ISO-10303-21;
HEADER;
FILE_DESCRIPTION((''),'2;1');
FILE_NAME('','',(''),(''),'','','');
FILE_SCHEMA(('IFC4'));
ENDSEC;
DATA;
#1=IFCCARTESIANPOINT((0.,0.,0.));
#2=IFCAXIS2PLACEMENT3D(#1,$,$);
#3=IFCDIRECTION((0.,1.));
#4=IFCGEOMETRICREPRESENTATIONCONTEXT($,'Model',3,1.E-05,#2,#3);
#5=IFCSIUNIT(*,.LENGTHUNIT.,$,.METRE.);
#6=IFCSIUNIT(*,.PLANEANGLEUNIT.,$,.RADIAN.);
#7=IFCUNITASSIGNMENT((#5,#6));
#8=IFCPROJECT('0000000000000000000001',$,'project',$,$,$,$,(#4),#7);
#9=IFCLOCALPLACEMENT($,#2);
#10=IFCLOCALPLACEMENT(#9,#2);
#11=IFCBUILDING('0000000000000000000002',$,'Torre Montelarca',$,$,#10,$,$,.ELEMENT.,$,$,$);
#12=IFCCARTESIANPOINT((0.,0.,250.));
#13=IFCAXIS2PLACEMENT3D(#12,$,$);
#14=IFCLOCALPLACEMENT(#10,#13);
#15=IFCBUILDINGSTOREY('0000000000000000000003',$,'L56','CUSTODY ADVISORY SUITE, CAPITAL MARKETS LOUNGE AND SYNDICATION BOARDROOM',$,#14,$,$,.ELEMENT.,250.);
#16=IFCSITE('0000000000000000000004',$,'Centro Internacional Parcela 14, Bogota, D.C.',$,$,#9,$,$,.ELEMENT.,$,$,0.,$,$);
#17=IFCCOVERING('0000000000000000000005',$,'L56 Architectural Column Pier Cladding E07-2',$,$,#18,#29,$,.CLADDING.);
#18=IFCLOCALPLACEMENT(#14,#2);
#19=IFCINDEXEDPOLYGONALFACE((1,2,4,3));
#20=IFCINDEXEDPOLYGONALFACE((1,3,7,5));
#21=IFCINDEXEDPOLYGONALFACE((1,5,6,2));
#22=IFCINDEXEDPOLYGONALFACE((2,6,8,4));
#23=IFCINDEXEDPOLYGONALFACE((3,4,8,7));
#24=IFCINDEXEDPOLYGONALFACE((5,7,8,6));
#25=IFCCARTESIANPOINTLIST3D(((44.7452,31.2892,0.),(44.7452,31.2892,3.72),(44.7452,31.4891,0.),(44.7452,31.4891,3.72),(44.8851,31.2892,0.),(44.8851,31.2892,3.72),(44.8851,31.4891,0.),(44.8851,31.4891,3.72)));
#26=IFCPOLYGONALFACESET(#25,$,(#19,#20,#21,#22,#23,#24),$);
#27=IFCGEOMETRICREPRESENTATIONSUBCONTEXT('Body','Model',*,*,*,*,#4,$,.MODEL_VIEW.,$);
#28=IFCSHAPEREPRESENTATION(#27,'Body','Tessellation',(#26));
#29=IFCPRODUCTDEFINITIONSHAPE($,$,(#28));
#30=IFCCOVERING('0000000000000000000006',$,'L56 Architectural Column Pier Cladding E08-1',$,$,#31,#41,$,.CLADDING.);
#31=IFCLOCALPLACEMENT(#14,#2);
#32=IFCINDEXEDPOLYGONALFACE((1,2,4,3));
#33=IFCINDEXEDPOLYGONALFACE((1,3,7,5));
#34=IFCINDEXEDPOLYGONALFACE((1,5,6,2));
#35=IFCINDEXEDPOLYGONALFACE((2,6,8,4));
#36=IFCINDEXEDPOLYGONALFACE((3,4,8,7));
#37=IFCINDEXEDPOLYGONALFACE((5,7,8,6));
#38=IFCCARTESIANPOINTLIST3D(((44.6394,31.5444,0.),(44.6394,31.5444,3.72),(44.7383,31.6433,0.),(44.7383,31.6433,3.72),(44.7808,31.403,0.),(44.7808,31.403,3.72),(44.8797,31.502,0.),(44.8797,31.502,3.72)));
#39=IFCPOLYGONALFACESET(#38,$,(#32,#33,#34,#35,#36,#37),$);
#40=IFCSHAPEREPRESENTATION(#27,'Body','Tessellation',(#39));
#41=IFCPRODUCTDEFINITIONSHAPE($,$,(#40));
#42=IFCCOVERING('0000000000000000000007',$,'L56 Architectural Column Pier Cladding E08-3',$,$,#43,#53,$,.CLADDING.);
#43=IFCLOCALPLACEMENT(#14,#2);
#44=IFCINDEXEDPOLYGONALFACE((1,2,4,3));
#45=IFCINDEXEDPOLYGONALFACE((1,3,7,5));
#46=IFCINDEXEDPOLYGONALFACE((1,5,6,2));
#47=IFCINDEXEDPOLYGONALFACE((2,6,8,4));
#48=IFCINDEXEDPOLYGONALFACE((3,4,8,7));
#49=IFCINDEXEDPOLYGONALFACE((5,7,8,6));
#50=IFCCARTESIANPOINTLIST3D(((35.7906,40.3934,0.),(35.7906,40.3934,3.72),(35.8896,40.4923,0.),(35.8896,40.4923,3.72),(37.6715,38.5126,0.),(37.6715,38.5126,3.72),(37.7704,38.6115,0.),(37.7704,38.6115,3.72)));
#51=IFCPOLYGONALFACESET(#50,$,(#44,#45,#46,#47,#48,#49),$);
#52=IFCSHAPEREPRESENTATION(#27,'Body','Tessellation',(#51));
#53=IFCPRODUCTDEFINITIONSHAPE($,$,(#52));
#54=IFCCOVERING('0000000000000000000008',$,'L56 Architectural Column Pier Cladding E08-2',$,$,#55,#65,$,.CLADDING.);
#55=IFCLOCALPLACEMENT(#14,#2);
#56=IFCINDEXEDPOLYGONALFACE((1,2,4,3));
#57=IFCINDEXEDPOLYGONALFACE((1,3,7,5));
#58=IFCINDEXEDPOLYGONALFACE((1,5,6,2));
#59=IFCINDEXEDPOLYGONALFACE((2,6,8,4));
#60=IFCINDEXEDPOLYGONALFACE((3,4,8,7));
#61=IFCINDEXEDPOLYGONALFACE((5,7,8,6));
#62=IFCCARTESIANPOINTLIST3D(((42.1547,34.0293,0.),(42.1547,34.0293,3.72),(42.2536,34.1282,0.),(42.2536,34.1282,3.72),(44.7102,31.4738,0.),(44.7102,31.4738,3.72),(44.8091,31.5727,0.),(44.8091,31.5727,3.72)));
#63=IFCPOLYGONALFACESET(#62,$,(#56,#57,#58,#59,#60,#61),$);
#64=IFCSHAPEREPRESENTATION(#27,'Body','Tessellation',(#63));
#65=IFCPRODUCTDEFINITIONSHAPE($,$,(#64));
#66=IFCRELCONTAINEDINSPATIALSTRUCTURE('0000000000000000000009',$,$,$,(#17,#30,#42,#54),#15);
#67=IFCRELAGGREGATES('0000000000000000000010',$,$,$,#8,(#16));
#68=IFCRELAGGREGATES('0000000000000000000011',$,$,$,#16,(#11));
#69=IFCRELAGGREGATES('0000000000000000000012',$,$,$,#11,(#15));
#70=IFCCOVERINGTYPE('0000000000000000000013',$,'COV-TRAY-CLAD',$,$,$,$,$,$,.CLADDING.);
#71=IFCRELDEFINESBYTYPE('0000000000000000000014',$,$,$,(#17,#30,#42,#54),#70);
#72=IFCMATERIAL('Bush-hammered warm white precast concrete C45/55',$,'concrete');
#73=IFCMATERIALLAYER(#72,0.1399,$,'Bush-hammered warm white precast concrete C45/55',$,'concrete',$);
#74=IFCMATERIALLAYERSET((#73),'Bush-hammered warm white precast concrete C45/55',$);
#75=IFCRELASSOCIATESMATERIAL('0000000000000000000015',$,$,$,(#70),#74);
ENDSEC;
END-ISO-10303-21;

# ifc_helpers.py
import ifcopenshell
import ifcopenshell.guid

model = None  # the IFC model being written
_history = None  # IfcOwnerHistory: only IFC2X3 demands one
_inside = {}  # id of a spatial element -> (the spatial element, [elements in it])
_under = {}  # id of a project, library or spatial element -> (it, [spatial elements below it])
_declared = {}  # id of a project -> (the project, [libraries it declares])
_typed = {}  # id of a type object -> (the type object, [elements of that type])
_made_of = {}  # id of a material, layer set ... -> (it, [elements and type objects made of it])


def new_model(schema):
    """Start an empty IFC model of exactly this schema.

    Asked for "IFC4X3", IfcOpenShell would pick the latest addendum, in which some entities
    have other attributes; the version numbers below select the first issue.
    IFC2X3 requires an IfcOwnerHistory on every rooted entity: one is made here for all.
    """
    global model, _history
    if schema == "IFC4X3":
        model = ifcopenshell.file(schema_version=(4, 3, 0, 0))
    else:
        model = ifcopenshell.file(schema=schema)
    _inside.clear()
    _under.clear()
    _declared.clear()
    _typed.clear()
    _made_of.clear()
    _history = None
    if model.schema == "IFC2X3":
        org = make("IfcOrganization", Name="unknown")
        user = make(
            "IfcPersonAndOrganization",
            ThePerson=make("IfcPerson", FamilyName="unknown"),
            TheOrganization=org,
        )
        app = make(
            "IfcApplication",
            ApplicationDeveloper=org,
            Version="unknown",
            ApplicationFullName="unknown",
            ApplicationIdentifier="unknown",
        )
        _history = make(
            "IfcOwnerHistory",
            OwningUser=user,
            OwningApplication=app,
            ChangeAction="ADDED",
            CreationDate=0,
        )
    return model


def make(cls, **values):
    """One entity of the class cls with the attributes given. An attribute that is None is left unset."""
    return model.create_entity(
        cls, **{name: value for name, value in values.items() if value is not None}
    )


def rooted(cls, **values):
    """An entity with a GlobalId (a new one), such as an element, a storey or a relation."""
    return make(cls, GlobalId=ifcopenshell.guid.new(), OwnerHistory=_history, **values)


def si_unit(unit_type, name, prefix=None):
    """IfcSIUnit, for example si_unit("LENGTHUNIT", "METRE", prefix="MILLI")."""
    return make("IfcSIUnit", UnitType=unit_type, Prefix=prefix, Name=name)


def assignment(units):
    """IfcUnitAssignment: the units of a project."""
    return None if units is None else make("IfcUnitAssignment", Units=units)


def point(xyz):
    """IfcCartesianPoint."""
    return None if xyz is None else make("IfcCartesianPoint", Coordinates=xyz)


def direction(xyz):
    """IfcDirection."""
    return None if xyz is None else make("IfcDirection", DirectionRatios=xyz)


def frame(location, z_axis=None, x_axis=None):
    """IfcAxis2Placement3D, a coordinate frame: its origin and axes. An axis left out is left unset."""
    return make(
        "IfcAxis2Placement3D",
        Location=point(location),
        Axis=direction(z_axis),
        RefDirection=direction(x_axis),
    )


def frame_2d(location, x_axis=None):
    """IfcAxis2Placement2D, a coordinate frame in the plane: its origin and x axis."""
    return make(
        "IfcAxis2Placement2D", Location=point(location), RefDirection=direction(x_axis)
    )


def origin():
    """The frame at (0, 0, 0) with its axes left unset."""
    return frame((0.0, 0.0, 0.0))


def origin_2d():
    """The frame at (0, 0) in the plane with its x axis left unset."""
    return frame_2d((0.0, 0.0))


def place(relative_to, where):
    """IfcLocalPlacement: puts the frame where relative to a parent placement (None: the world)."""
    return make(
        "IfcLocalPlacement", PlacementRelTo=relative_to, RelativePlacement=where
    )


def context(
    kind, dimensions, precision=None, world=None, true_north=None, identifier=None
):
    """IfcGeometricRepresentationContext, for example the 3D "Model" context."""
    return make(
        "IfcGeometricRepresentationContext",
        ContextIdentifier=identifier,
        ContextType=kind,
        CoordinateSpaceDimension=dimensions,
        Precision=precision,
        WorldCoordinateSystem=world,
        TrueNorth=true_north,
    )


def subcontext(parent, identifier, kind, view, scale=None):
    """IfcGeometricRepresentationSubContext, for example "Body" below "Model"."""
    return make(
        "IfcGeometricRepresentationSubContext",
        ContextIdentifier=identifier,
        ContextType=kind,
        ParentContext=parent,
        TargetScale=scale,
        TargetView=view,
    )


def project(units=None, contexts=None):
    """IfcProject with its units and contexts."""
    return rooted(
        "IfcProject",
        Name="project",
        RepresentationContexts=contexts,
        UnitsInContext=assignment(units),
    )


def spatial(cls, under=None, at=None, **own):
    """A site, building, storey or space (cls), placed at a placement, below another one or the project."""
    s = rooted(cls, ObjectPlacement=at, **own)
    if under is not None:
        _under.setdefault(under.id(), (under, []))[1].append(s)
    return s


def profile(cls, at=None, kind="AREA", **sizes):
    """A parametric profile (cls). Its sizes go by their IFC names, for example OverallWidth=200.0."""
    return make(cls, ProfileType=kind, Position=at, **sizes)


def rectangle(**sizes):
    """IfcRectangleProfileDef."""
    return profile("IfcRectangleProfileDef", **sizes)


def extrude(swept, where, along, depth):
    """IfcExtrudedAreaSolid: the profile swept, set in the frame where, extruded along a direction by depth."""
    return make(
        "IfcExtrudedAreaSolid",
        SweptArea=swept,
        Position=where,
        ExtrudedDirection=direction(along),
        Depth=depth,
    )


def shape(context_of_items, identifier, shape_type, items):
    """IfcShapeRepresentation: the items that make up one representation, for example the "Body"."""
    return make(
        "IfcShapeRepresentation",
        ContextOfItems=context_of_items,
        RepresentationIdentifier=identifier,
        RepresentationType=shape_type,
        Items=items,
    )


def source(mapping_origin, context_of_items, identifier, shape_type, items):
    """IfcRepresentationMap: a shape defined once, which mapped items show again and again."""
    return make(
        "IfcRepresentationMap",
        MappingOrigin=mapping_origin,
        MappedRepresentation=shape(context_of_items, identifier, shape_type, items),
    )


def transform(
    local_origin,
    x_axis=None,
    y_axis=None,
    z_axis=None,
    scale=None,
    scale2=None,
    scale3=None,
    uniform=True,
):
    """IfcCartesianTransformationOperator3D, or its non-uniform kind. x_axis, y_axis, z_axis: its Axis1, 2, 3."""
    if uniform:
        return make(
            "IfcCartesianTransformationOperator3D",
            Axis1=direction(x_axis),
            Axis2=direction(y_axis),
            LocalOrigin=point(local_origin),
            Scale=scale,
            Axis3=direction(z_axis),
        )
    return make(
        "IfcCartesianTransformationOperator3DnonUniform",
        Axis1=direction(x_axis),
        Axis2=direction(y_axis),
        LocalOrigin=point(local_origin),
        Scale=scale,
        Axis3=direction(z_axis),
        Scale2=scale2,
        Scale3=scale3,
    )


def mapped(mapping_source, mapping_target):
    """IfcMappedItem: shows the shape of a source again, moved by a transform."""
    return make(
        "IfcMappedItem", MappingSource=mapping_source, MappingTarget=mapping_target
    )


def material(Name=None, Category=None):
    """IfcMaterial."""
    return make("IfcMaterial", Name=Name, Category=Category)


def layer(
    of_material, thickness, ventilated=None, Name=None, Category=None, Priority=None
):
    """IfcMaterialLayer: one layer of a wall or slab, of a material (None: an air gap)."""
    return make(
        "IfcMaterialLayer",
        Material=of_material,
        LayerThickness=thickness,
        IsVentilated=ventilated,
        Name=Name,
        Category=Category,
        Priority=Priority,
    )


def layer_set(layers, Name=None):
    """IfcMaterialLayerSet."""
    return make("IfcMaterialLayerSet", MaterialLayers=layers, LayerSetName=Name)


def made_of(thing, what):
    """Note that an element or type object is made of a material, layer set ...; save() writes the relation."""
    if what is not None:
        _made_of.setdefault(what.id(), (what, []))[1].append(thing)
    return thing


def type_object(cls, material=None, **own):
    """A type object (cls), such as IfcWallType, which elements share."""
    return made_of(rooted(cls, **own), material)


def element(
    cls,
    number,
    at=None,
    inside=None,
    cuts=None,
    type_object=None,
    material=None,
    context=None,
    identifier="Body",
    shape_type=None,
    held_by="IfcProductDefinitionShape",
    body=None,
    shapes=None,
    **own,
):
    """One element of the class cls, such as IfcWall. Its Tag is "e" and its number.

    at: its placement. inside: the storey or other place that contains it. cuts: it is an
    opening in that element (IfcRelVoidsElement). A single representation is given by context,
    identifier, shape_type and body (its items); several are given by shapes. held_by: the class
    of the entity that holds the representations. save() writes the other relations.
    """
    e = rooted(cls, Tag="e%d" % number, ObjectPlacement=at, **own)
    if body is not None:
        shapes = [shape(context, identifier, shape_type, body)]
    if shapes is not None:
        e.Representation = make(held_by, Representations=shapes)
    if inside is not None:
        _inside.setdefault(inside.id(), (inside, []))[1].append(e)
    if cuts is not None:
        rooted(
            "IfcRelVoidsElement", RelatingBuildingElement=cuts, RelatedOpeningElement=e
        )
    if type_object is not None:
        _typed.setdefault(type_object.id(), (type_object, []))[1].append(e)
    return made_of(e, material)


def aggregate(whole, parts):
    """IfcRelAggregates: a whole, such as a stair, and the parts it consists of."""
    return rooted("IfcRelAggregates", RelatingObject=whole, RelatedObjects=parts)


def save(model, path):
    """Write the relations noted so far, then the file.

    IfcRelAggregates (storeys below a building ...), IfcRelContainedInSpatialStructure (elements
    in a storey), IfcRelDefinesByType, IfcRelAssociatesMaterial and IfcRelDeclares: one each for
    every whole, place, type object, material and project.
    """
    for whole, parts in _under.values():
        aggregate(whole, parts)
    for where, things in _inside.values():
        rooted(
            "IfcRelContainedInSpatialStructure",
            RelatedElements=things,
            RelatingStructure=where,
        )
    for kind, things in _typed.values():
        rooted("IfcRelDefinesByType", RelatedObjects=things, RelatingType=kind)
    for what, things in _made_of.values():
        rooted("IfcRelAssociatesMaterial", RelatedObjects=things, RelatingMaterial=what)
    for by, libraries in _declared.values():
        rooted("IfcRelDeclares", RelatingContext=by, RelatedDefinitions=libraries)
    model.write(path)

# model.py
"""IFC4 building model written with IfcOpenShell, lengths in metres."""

from ifc_helpers import new_model, si_unit, direction, frame, origin, origin_2d, place, context, subcontext, project, spatial, rectangle, extrude, source, transform, mapped, material, layer, layer_set, type_object, element, save


model = new_model("IFC4")

# Units and contexts
model_context = context("Model", 3, precision=1e-05, world=origin(), true_north=direction((0.0, 1.0)))
body_context = subcontext(model_context, "Body", "Model", "MODEL_VIEW")
ifc_project = project(units=[si_unit("LENGTHUNIT", "METRE"), si_unit("PLANEANGLEUNIT", "RADIAN")], contexts=[model_context])

# Site, building, storey
site_placement = place(None, origin())
site = spatial("IfcSite", under=ifc_project, at=site_placement, Name="Centro Internacional Parcela 14, Bogota, D.C.", CompositionType="ELEMENT", RefElevation=0.0)
building_placement = place(site_placement, origin())
building = spatial("IfcBuilding", under=site, at=building_placement, Name="Torre Montelarca", CompositionType="ELEMENT")
storey_placement = place(building_placement, frame((0.0, 0.0, 250.0)))
storey = spatial("IfcBuildingStorey", under=building, at=storey_placement, Name="L56", Description="CUSTODY ADVISORY SUITE, CAPITAL MARKETS LOUNGE AND SYNDICATION BOARDROOM", CompositionType="ELEMENT", Elevation=250.0)

# Coverings
ifc_material_1 = material(Name="Bush-hammered warm white precast concrete C45/55", Category="concrete")
ifc_layer_1 = layer(ifc_material_1, 0.1399, Name="Bush-hammered warm white precast concrete C45/55", Category="concrete")
ifc_layer_set_1 = layer_set([ifc_layer_1], Name="Bush-hammered warm white precast concrete C45/55")
covering_type = type_object("IfcCoveringType", Name="COV-TRAY-CLAD", PredefinedType="CLADDING", material=ifc_layer_set_1)
shared_shape_1 = source(origin(), body_context, "Body", "SweptSolid", [
    extrude(rectangle(XDim=0.2, YDim=0.1399, at=origin_2d()), origin(), (0.0, 0.0, 1.0), 3.72),
])
for number, where, z_axis, x_axis, name in (
    (1, (44.8152, 31.3892, 0.0), (0.0, 0.0, 1.0), (0.0, 1.0, 0.0), "L56 Architectural Column Pier Cladding E07-2"),
    (2, (44.7595, 31.5232, 0.0), (0.0, 0.0, 1.0), (-0.707106, 0.707108, 0.0), "L56 Architectural Column Pier Cladding E08-1"),
):
    element("IfcCovering", number, at=place(storey_placement, frame(where, z_axis=z_axis, x_axis=x_axis)), inside=storey, type_object=covering_type, Name=name, PredefinedType="CLADDING", context=body_context, shape_type="MappedRepresentation", body=[
        mapped(shared_shape_1, transform((0.0, 0.0, 0.0), scale=1.0)),
    ])
shared_shape_2 = source(origin(), body_context, "Body", "SweptSolid", [
    extrude(rectangle(XDim=2.6599, YDim=0.1399, at=origin_2d()), origin(), (0.0, 0.0, 1.0), 3.72),
])
covering_1_placement = place(storey_placement, frame((36.7805, 39.5024, 0.0), z_axis=(0.0, 0.0, 1.0), x_axis=(-0.707106, 0.707108, 0.0)))
element("IfcCovering", 3, at=covering_1_placement, inside=storey, type_object=covering_type, Name="L56 Architectural Column Pier Cladding E08-3", PredefinedType="CLADDING", context=body_context, shape_type="MappedRepresentation", body=[
    mapped(shared_shape_2, transform((0.0, 0.0, 0.0), scale=1.0)),
])
shared_shape_3 = source(origin(), body_context, "Body", "SweptSolid", [
    extrude(rectangle(XDim=3.614, YDim=0.1399, at=origin_2d()), origin(), (0.0, 0.0, 1.0), 3.72),
])
covering_2_placement = place(storey_placement, frame((43.4819, 32.801, 0.0), z_axis=(0.0, 0.0, 1.0), x_axis=(-0.707106, 0.707108, 0.0)))
element("IfcCovering", 4, at=covering_2_placement, inside=storey, type_object=covering_type, Name="L56 Architectural Column Pier Cladding E08-2", PredefinedType="CLADDING", context=body_context, shape_type="MappedRepresentation", body=[
    mapped(shared_shape_3, transform((0.0, 0.0, 0.0), scale=1.0)),
])

save(model, "model.ifc")
